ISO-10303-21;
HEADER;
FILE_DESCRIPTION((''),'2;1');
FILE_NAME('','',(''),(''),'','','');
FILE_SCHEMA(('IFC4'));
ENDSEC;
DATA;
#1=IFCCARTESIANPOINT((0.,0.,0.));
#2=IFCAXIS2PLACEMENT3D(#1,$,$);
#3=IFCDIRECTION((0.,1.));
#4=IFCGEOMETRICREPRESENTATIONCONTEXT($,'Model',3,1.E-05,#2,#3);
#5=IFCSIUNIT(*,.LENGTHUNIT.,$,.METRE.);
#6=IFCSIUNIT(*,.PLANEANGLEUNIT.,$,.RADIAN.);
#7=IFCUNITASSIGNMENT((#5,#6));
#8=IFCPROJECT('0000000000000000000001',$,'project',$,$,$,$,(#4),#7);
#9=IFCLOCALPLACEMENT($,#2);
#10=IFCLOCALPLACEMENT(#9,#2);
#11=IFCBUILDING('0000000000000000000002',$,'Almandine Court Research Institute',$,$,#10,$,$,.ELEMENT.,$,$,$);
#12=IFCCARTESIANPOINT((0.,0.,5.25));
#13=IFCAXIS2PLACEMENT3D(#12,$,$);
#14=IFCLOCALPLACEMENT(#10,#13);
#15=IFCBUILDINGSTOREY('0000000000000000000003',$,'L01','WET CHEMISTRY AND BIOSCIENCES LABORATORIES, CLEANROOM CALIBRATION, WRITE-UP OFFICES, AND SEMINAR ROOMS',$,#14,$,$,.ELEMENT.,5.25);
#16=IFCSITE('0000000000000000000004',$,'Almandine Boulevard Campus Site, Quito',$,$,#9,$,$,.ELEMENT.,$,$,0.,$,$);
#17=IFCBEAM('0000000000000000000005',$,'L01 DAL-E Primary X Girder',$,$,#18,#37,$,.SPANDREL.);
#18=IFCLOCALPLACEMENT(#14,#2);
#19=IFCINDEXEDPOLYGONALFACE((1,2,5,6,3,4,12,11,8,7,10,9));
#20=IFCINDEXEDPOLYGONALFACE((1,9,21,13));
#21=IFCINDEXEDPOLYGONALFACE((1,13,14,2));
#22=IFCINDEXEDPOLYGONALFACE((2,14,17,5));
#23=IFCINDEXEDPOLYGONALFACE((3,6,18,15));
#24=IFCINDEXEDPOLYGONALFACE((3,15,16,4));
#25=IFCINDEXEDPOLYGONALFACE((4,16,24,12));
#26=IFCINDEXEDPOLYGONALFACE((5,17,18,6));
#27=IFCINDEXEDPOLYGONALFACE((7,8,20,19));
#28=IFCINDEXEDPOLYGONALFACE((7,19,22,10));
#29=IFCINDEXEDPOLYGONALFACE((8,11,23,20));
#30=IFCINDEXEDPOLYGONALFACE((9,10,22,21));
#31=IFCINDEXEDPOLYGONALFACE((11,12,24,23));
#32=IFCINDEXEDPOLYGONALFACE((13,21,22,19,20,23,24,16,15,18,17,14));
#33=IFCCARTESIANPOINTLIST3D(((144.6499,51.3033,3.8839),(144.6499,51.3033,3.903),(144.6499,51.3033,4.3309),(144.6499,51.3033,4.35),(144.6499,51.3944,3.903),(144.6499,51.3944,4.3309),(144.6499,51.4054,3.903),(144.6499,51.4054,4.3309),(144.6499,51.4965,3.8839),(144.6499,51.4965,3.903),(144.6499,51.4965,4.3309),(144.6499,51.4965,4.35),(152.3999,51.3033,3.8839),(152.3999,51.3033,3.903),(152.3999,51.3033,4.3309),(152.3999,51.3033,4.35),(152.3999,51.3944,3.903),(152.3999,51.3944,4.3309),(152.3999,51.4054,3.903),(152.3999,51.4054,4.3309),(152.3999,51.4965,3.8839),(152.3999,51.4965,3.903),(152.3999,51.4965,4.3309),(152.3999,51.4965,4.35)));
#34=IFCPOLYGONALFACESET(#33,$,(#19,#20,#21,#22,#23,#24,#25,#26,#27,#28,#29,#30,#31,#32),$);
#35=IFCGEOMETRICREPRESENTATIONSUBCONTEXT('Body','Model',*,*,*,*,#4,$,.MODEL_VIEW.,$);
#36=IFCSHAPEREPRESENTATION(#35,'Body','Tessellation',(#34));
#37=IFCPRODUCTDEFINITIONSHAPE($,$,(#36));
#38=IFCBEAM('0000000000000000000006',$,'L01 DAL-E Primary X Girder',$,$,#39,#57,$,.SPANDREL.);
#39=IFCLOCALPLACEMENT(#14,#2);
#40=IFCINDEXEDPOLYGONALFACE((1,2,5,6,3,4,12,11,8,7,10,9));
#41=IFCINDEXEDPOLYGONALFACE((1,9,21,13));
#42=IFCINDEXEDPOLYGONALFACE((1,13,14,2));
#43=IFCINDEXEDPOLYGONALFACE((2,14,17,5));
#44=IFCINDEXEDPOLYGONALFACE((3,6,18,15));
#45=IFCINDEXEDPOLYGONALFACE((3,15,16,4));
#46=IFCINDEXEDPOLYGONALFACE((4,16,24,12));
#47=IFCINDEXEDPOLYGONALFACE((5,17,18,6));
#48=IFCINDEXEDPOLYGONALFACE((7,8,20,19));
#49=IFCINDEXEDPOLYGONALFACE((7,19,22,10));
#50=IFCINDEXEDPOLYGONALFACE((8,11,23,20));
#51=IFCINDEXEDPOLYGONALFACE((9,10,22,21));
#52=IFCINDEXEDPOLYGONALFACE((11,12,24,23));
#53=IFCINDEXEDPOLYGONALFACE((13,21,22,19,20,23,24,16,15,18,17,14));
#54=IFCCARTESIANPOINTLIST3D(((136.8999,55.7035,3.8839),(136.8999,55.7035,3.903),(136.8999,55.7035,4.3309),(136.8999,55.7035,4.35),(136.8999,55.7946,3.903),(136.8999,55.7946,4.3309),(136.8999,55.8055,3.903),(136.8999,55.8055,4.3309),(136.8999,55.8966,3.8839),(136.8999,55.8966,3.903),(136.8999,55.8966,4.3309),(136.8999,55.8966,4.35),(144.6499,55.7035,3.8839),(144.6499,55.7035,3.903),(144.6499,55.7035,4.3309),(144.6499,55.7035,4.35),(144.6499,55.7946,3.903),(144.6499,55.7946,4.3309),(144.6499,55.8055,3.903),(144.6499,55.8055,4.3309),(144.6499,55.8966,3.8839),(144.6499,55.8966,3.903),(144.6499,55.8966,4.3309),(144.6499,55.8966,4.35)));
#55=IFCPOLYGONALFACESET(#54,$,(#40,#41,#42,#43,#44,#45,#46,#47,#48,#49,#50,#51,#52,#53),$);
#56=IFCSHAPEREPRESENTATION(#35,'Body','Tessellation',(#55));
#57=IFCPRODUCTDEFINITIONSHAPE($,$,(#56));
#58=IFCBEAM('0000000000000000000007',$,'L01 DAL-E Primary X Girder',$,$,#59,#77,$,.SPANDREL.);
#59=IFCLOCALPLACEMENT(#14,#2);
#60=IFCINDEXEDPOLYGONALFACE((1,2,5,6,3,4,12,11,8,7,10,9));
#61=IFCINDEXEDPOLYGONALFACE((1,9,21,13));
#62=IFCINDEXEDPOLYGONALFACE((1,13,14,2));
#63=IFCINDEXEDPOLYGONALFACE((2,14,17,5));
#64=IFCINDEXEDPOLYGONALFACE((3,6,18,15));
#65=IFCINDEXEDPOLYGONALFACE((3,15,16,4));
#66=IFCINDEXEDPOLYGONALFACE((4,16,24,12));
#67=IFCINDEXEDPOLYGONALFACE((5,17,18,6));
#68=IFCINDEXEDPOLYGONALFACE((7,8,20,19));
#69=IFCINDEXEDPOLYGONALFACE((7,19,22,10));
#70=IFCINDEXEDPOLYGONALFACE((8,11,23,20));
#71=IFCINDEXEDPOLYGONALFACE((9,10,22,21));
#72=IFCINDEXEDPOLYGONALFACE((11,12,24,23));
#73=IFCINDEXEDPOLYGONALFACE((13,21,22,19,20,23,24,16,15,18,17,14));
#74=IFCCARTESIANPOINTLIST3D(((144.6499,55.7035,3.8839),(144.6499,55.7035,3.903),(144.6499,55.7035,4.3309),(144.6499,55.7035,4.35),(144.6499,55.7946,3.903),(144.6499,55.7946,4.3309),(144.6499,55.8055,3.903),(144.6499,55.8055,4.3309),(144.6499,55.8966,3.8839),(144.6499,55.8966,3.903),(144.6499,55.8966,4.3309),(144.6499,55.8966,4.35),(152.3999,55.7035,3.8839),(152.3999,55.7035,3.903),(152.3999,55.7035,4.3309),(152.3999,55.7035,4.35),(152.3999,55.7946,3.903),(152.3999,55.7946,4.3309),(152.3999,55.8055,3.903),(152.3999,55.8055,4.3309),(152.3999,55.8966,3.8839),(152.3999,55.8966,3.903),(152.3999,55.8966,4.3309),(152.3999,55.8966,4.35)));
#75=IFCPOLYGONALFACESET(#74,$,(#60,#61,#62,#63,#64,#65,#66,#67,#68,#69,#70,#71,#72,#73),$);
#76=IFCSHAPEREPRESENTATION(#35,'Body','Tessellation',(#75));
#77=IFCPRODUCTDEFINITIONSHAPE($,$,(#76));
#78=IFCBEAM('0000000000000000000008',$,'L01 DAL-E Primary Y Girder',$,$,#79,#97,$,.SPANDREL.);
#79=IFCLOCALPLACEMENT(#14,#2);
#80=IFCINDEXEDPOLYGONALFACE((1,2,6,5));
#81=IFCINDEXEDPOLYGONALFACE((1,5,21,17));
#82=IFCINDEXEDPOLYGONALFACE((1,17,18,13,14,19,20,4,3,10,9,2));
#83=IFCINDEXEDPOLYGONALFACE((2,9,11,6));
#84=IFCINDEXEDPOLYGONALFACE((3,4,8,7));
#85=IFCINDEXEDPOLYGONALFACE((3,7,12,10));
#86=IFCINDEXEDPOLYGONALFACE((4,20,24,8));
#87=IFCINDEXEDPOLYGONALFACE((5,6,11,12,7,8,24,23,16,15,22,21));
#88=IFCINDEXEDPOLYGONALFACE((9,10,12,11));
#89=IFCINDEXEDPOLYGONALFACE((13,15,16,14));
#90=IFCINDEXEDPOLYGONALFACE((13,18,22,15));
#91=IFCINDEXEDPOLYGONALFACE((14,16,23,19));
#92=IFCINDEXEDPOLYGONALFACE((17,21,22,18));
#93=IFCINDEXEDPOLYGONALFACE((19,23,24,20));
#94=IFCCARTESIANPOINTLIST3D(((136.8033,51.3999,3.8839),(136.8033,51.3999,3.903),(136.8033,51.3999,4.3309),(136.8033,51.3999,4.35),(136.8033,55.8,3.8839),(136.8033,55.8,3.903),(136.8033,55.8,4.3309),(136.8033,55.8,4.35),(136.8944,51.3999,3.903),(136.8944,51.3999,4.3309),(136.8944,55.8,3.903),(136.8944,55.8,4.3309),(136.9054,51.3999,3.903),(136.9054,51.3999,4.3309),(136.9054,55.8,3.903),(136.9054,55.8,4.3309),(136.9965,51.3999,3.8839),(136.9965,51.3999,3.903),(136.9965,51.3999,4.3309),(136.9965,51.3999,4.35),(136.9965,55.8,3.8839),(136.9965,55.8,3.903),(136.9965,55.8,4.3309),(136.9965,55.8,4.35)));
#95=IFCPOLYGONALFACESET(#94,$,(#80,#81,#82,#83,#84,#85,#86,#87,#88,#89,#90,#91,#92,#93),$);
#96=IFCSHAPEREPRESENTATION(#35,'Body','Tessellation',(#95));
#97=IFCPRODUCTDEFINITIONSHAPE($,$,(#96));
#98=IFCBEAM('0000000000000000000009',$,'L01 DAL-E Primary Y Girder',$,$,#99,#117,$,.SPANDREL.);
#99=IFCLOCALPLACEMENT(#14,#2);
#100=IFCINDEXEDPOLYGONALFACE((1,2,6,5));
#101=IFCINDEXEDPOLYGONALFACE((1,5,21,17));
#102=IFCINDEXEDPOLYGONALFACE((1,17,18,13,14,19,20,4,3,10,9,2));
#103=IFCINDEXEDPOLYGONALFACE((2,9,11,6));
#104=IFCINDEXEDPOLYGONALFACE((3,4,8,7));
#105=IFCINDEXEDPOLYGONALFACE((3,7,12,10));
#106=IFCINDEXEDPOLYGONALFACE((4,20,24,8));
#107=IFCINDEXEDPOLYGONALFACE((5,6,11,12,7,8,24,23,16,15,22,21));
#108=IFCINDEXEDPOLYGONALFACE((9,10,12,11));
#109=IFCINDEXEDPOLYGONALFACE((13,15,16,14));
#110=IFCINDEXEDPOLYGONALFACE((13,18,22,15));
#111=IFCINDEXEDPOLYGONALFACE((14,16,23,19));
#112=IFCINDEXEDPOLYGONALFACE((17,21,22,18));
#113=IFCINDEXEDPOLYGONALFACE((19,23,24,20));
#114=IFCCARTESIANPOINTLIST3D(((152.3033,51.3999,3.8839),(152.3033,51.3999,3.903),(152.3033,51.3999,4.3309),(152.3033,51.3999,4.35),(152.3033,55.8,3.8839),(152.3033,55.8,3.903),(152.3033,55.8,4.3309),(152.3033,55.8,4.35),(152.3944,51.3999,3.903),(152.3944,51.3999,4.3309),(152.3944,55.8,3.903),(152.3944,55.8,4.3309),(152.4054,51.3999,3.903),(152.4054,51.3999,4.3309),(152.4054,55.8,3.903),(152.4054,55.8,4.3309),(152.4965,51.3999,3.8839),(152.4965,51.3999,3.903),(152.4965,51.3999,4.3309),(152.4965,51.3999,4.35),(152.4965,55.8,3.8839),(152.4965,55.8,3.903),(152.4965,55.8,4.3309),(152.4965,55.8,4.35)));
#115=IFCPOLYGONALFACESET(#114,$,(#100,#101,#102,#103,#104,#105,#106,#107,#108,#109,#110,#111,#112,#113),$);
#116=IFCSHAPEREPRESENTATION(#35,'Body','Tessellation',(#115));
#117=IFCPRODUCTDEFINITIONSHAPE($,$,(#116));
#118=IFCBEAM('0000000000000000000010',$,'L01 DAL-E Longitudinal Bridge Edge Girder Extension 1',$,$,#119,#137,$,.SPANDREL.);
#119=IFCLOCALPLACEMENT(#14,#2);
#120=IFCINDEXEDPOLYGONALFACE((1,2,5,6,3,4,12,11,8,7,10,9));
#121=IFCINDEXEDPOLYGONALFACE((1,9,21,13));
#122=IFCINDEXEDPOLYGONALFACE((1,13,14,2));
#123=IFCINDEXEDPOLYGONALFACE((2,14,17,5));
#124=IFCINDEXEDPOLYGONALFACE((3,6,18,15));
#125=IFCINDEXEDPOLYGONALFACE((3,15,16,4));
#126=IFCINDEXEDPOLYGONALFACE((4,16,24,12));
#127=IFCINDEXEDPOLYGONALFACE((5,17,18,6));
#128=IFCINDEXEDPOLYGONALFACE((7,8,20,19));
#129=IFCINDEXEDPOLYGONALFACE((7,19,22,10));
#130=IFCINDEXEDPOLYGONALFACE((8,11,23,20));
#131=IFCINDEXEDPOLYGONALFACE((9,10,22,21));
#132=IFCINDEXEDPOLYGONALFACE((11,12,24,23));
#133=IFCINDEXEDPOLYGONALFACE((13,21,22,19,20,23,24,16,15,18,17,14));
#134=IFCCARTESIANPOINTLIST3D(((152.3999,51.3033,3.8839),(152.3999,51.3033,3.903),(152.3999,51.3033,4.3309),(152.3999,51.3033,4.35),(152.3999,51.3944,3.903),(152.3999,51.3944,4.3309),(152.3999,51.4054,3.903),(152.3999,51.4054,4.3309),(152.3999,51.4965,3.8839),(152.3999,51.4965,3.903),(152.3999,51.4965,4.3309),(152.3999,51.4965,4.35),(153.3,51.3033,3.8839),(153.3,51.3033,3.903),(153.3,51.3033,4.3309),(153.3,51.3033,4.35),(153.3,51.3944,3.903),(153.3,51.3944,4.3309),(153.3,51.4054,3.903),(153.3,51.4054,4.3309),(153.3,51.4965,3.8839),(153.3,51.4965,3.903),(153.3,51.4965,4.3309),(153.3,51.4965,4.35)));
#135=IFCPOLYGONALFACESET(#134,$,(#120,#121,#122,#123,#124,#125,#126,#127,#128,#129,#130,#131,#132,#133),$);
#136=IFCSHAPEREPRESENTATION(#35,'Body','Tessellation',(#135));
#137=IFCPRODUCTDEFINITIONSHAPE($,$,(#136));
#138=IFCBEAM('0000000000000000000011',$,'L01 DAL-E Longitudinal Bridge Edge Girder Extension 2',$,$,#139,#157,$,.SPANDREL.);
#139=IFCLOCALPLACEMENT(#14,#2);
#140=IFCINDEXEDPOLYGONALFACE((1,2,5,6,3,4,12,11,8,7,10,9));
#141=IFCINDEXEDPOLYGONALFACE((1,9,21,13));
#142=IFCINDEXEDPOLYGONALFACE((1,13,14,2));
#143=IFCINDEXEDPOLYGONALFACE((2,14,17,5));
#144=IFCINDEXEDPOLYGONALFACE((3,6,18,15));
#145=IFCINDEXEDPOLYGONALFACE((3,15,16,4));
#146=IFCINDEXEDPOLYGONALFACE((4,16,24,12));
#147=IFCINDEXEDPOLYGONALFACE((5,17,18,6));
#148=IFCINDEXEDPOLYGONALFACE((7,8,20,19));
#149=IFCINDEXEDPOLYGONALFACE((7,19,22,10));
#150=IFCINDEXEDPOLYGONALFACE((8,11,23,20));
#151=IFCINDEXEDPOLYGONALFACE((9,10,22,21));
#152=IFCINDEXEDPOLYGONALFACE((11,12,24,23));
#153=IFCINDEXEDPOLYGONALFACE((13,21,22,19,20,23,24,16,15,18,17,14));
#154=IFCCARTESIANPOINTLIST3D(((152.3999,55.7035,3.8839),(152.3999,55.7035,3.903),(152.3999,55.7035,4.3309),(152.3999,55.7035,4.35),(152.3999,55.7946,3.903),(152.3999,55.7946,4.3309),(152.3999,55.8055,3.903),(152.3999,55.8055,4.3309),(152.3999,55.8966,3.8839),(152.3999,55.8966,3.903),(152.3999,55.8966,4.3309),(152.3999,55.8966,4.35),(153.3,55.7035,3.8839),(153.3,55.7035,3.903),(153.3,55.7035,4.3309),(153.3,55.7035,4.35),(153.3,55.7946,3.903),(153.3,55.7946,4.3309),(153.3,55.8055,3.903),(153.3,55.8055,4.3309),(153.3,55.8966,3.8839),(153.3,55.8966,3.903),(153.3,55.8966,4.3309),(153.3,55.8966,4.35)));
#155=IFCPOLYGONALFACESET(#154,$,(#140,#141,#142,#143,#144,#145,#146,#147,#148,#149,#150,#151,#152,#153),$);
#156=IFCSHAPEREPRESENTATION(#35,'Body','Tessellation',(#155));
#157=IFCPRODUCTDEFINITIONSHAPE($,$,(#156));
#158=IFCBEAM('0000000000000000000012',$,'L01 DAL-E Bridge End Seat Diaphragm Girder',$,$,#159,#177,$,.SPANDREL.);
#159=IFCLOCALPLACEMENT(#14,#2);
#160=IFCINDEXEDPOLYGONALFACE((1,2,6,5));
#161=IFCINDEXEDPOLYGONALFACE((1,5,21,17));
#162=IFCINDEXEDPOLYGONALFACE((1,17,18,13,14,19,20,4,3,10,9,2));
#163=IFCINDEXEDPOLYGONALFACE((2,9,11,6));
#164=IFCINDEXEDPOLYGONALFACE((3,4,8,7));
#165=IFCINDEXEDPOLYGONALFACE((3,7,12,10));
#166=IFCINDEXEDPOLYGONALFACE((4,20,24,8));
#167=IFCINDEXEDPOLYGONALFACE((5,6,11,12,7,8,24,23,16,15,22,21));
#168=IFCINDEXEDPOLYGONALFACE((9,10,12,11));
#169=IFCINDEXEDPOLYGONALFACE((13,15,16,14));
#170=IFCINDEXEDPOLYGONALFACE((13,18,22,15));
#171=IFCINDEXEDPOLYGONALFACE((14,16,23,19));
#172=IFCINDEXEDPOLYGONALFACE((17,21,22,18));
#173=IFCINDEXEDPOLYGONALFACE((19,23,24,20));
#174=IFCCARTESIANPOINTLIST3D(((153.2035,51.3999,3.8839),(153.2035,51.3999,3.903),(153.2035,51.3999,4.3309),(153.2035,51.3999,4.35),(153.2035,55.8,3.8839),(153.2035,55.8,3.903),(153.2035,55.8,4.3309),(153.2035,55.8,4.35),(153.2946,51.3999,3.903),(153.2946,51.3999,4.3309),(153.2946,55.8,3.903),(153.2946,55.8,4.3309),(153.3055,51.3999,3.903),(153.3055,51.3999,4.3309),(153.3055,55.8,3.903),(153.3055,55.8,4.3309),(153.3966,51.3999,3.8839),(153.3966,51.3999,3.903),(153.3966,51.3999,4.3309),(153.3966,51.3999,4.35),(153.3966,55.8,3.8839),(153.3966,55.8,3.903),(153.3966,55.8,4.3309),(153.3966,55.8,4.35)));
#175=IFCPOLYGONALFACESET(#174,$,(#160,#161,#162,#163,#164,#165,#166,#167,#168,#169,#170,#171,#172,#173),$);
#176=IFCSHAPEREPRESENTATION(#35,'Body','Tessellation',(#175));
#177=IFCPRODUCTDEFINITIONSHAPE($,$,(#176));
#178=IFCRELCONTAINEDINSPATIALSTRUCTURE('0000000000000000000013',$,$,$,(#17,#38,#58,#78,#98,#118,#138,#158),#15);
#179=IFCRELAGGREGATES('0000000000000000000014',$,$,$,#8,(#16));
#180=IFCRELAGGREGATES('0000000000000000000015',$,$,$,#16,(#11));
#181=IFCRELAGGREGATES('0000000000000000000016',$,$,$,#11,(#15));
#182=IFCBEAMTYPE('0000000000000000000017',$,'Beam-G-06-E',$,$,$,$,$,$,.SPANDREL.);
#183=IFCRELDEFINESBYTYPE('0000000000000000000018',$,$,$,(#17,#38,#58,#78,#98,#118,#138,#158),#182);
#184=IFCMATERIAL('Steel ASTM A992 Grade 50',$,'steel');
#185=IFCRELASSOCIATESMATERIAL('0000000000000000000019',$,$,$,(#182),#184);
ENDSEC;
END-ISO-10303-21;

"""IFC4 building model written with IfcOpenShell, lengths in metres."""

from ifc_helpers import new_model, si_unit, direction, frame, origin, origin_2d, place, context, subcontext, project, spatial, i_section, extrude, material, material_profile, profile_set, type_object, element, save


model = new_model("IFC4")

# Units and contexts
model_context = context("Model", 3, precision=1e-05, world=origin(), true_north=direction((0.0, 1.0)))
body_context = subcontext(model_context, "Body", "Model", "MODEL_VIEW")
ifc_project = project(units=[si_unit("LENGTHUNIT", "METRE"), si_unit("PLANEANGLEUNIT", "RADIAN")], contexts=[model_context])

# Site, building, storey
site_placement = place(None, origin())
site = spatial("IfcSite", under=ifc_project, at=site_placement, Name="Almandine Boulevard Campus Site, Quito", CompositionType="ELEMENT", RefElevation=0.0)
building_placement = place(site_placement, origin())
building = spatial("IfcBuilding", under=site, at=building_placement, Name="Almandine Court Research Institute", CompositionType="ELEMENT")
storey_placement = place(building_placement, frame((0.0, 0.0, 5.25)))
storey = spatial("IfcBuildingStorey", under=building, at=storey_placement, Name="L01", Description="WET CHEMISTRY AND BIOSCIENCES LABORATORIES, CLEANROOM CALIBRATION, WRITE-UP OFFICES, AND SEMINAR ROOMS", CompositionType="ELEMENT", Elevation=5.25)

# Shared definitions
ifc_material_1 = material(Name="Steel ASTM A992 Grade 50", Category="steel")

# Beams
ifc_material_profile_1 = material_profile(ifc_material_1, i_section(OverallWidth=0.1931, OverallDepth=0.4661, WebThickness=0.011, FlangeThickness=0.019, at=origin_2d()), Name="W460x97")
ifc_profile_set_1 = profile_set([ifc_material_profile_1], Name="Steel ASTM A992 Grade 50")
beam_type_1 = type_object("IfcBeamType", Name="Beam-G-06-E", PredefinedType="SPANDREL", material=ifc_profile_set_1)
for number, where, z_axis, x_axis, name in (
    (1, (144.6499, 51.3999, 4.1169), (1.0, 0.0, 0.0), (0.0, 1.0, 0.0), "L01 DAL-E Primary X Girder"),
    (2, (136.8999, 55.8, 4.1169), (1.0, 0.0, 0.0), (0.0, 1.0, 0.0), "L01 DAL-E Primary X Girder"),
    (3, (144.6499, 55.8, 4.1169), (1.0, 0.0, 0.0), (0.0, 1.0, 0.0), "L01 DAL-E Primary X Girder"),
):
    element("IfcBeam", number, at=place(storey_placement, frame(where, z_axis=z_axis, x_axis=x_axis)), inside=storey, type_object=beam_type_1, Name=name, PredefinedType="SPANDREL", context=body_context, shape_type="SweptSolid", body=[
        extrude(i_section(OverallWidth=0.1931, OverallDepth=0.4661, WebThickness=0.011, FlangeThickness=0.019, at=origin_2d()), origin(), (0.0, 0.0, 1.0), 7.75),
    ])
for number, where, z_axis, x_axis, name in (
    (4, (136.8999, 51.3999, 4.1169), (0.0, 1.0, 0.0), (-1.0, 0.0, 0.0), "L01 DAL-E Primary Y Girder"),
    (5, (152.3999, 51.3999, 4.1169), (0.0, 1.0, 0.0), (-1.0, 0.0, 0.0), "L01 DAL-E Primary Y Girder"),
):
    element("IfcBeam", number, at=place(storey_placement, frame(where, z_axis=z_axis, x_axis=x_axis)), inside=storey, type_object=beam_type_1, Name=name, PredefinedType="SPANDREL", context=body_context, shape_type="SweptSolid", body=[
        extrude(i_section(OverallWidth=0.1931, OverallDepth=0.4661, WebThickness=0.011, FlangeThickness=0.019, at=origin_2d()), origin(), (0.0, 0.0, 1.0), 4.4001),
    ])
for number, where, z_axis, x_axis, name in (
    (6, (152.3999, 51.3999, 4.1169), (1.0, 0.0, 0.0), (0.0, 1.0, 0.0), "L01 DAL-E Longitudinal Bridge Edge Girder Extension 1"),
    (7, (152.3999, 55.8, 4.1169), (1.0, 0.0, 0.0), (0.0, 1.0, 0.0), "L01 DAL-E Longitudinal Bridge Edge Girder Extension 2"),
):
    element("IfcBeam", number, at=place(storey_placement, frame(where, z_axis=z_axis, x_axis=x_axis)), inside=storey, type_object=beam_type_1, Name=name, PredefinedType="SPANDREL", context=body_context, shape_type="SweptSolid", body=[
        extrude(i_section(OverallWidth=0.1931, OverallDepth=0.4661, WebThickness=0.011, FlangeThickness=0.019, at=origin_2d()), origin(), (0.0, 0.0, 1.0), 0.9001),
    ])
beam_1_placement = place(storey_placement, frame((153.3, 51.3999, 4.1169), z_axis=(0.0, 1.0, 0.0), x_axis=(-1.0, 0.0, 0.0)))
element("IfcBeam", 8, at=beam_1_placement, inside=storey, type_object=beam_type_1, Name="L01 DAL-E Bridge End Seat Diaphragm Girder", PredefinedType="SPANDREL", context=body_context, shape_type="SweptSolid", body=[
    extrude(i_section(OverallWidth=0.1931, OverallDepth=0.4661, WebThickness=0.011, FlangeThickness=0.019, at=origin_2d()), origin(), (0.0, 0.0, 1.0), 4.4001),
])

save(model, "model.ifc")
